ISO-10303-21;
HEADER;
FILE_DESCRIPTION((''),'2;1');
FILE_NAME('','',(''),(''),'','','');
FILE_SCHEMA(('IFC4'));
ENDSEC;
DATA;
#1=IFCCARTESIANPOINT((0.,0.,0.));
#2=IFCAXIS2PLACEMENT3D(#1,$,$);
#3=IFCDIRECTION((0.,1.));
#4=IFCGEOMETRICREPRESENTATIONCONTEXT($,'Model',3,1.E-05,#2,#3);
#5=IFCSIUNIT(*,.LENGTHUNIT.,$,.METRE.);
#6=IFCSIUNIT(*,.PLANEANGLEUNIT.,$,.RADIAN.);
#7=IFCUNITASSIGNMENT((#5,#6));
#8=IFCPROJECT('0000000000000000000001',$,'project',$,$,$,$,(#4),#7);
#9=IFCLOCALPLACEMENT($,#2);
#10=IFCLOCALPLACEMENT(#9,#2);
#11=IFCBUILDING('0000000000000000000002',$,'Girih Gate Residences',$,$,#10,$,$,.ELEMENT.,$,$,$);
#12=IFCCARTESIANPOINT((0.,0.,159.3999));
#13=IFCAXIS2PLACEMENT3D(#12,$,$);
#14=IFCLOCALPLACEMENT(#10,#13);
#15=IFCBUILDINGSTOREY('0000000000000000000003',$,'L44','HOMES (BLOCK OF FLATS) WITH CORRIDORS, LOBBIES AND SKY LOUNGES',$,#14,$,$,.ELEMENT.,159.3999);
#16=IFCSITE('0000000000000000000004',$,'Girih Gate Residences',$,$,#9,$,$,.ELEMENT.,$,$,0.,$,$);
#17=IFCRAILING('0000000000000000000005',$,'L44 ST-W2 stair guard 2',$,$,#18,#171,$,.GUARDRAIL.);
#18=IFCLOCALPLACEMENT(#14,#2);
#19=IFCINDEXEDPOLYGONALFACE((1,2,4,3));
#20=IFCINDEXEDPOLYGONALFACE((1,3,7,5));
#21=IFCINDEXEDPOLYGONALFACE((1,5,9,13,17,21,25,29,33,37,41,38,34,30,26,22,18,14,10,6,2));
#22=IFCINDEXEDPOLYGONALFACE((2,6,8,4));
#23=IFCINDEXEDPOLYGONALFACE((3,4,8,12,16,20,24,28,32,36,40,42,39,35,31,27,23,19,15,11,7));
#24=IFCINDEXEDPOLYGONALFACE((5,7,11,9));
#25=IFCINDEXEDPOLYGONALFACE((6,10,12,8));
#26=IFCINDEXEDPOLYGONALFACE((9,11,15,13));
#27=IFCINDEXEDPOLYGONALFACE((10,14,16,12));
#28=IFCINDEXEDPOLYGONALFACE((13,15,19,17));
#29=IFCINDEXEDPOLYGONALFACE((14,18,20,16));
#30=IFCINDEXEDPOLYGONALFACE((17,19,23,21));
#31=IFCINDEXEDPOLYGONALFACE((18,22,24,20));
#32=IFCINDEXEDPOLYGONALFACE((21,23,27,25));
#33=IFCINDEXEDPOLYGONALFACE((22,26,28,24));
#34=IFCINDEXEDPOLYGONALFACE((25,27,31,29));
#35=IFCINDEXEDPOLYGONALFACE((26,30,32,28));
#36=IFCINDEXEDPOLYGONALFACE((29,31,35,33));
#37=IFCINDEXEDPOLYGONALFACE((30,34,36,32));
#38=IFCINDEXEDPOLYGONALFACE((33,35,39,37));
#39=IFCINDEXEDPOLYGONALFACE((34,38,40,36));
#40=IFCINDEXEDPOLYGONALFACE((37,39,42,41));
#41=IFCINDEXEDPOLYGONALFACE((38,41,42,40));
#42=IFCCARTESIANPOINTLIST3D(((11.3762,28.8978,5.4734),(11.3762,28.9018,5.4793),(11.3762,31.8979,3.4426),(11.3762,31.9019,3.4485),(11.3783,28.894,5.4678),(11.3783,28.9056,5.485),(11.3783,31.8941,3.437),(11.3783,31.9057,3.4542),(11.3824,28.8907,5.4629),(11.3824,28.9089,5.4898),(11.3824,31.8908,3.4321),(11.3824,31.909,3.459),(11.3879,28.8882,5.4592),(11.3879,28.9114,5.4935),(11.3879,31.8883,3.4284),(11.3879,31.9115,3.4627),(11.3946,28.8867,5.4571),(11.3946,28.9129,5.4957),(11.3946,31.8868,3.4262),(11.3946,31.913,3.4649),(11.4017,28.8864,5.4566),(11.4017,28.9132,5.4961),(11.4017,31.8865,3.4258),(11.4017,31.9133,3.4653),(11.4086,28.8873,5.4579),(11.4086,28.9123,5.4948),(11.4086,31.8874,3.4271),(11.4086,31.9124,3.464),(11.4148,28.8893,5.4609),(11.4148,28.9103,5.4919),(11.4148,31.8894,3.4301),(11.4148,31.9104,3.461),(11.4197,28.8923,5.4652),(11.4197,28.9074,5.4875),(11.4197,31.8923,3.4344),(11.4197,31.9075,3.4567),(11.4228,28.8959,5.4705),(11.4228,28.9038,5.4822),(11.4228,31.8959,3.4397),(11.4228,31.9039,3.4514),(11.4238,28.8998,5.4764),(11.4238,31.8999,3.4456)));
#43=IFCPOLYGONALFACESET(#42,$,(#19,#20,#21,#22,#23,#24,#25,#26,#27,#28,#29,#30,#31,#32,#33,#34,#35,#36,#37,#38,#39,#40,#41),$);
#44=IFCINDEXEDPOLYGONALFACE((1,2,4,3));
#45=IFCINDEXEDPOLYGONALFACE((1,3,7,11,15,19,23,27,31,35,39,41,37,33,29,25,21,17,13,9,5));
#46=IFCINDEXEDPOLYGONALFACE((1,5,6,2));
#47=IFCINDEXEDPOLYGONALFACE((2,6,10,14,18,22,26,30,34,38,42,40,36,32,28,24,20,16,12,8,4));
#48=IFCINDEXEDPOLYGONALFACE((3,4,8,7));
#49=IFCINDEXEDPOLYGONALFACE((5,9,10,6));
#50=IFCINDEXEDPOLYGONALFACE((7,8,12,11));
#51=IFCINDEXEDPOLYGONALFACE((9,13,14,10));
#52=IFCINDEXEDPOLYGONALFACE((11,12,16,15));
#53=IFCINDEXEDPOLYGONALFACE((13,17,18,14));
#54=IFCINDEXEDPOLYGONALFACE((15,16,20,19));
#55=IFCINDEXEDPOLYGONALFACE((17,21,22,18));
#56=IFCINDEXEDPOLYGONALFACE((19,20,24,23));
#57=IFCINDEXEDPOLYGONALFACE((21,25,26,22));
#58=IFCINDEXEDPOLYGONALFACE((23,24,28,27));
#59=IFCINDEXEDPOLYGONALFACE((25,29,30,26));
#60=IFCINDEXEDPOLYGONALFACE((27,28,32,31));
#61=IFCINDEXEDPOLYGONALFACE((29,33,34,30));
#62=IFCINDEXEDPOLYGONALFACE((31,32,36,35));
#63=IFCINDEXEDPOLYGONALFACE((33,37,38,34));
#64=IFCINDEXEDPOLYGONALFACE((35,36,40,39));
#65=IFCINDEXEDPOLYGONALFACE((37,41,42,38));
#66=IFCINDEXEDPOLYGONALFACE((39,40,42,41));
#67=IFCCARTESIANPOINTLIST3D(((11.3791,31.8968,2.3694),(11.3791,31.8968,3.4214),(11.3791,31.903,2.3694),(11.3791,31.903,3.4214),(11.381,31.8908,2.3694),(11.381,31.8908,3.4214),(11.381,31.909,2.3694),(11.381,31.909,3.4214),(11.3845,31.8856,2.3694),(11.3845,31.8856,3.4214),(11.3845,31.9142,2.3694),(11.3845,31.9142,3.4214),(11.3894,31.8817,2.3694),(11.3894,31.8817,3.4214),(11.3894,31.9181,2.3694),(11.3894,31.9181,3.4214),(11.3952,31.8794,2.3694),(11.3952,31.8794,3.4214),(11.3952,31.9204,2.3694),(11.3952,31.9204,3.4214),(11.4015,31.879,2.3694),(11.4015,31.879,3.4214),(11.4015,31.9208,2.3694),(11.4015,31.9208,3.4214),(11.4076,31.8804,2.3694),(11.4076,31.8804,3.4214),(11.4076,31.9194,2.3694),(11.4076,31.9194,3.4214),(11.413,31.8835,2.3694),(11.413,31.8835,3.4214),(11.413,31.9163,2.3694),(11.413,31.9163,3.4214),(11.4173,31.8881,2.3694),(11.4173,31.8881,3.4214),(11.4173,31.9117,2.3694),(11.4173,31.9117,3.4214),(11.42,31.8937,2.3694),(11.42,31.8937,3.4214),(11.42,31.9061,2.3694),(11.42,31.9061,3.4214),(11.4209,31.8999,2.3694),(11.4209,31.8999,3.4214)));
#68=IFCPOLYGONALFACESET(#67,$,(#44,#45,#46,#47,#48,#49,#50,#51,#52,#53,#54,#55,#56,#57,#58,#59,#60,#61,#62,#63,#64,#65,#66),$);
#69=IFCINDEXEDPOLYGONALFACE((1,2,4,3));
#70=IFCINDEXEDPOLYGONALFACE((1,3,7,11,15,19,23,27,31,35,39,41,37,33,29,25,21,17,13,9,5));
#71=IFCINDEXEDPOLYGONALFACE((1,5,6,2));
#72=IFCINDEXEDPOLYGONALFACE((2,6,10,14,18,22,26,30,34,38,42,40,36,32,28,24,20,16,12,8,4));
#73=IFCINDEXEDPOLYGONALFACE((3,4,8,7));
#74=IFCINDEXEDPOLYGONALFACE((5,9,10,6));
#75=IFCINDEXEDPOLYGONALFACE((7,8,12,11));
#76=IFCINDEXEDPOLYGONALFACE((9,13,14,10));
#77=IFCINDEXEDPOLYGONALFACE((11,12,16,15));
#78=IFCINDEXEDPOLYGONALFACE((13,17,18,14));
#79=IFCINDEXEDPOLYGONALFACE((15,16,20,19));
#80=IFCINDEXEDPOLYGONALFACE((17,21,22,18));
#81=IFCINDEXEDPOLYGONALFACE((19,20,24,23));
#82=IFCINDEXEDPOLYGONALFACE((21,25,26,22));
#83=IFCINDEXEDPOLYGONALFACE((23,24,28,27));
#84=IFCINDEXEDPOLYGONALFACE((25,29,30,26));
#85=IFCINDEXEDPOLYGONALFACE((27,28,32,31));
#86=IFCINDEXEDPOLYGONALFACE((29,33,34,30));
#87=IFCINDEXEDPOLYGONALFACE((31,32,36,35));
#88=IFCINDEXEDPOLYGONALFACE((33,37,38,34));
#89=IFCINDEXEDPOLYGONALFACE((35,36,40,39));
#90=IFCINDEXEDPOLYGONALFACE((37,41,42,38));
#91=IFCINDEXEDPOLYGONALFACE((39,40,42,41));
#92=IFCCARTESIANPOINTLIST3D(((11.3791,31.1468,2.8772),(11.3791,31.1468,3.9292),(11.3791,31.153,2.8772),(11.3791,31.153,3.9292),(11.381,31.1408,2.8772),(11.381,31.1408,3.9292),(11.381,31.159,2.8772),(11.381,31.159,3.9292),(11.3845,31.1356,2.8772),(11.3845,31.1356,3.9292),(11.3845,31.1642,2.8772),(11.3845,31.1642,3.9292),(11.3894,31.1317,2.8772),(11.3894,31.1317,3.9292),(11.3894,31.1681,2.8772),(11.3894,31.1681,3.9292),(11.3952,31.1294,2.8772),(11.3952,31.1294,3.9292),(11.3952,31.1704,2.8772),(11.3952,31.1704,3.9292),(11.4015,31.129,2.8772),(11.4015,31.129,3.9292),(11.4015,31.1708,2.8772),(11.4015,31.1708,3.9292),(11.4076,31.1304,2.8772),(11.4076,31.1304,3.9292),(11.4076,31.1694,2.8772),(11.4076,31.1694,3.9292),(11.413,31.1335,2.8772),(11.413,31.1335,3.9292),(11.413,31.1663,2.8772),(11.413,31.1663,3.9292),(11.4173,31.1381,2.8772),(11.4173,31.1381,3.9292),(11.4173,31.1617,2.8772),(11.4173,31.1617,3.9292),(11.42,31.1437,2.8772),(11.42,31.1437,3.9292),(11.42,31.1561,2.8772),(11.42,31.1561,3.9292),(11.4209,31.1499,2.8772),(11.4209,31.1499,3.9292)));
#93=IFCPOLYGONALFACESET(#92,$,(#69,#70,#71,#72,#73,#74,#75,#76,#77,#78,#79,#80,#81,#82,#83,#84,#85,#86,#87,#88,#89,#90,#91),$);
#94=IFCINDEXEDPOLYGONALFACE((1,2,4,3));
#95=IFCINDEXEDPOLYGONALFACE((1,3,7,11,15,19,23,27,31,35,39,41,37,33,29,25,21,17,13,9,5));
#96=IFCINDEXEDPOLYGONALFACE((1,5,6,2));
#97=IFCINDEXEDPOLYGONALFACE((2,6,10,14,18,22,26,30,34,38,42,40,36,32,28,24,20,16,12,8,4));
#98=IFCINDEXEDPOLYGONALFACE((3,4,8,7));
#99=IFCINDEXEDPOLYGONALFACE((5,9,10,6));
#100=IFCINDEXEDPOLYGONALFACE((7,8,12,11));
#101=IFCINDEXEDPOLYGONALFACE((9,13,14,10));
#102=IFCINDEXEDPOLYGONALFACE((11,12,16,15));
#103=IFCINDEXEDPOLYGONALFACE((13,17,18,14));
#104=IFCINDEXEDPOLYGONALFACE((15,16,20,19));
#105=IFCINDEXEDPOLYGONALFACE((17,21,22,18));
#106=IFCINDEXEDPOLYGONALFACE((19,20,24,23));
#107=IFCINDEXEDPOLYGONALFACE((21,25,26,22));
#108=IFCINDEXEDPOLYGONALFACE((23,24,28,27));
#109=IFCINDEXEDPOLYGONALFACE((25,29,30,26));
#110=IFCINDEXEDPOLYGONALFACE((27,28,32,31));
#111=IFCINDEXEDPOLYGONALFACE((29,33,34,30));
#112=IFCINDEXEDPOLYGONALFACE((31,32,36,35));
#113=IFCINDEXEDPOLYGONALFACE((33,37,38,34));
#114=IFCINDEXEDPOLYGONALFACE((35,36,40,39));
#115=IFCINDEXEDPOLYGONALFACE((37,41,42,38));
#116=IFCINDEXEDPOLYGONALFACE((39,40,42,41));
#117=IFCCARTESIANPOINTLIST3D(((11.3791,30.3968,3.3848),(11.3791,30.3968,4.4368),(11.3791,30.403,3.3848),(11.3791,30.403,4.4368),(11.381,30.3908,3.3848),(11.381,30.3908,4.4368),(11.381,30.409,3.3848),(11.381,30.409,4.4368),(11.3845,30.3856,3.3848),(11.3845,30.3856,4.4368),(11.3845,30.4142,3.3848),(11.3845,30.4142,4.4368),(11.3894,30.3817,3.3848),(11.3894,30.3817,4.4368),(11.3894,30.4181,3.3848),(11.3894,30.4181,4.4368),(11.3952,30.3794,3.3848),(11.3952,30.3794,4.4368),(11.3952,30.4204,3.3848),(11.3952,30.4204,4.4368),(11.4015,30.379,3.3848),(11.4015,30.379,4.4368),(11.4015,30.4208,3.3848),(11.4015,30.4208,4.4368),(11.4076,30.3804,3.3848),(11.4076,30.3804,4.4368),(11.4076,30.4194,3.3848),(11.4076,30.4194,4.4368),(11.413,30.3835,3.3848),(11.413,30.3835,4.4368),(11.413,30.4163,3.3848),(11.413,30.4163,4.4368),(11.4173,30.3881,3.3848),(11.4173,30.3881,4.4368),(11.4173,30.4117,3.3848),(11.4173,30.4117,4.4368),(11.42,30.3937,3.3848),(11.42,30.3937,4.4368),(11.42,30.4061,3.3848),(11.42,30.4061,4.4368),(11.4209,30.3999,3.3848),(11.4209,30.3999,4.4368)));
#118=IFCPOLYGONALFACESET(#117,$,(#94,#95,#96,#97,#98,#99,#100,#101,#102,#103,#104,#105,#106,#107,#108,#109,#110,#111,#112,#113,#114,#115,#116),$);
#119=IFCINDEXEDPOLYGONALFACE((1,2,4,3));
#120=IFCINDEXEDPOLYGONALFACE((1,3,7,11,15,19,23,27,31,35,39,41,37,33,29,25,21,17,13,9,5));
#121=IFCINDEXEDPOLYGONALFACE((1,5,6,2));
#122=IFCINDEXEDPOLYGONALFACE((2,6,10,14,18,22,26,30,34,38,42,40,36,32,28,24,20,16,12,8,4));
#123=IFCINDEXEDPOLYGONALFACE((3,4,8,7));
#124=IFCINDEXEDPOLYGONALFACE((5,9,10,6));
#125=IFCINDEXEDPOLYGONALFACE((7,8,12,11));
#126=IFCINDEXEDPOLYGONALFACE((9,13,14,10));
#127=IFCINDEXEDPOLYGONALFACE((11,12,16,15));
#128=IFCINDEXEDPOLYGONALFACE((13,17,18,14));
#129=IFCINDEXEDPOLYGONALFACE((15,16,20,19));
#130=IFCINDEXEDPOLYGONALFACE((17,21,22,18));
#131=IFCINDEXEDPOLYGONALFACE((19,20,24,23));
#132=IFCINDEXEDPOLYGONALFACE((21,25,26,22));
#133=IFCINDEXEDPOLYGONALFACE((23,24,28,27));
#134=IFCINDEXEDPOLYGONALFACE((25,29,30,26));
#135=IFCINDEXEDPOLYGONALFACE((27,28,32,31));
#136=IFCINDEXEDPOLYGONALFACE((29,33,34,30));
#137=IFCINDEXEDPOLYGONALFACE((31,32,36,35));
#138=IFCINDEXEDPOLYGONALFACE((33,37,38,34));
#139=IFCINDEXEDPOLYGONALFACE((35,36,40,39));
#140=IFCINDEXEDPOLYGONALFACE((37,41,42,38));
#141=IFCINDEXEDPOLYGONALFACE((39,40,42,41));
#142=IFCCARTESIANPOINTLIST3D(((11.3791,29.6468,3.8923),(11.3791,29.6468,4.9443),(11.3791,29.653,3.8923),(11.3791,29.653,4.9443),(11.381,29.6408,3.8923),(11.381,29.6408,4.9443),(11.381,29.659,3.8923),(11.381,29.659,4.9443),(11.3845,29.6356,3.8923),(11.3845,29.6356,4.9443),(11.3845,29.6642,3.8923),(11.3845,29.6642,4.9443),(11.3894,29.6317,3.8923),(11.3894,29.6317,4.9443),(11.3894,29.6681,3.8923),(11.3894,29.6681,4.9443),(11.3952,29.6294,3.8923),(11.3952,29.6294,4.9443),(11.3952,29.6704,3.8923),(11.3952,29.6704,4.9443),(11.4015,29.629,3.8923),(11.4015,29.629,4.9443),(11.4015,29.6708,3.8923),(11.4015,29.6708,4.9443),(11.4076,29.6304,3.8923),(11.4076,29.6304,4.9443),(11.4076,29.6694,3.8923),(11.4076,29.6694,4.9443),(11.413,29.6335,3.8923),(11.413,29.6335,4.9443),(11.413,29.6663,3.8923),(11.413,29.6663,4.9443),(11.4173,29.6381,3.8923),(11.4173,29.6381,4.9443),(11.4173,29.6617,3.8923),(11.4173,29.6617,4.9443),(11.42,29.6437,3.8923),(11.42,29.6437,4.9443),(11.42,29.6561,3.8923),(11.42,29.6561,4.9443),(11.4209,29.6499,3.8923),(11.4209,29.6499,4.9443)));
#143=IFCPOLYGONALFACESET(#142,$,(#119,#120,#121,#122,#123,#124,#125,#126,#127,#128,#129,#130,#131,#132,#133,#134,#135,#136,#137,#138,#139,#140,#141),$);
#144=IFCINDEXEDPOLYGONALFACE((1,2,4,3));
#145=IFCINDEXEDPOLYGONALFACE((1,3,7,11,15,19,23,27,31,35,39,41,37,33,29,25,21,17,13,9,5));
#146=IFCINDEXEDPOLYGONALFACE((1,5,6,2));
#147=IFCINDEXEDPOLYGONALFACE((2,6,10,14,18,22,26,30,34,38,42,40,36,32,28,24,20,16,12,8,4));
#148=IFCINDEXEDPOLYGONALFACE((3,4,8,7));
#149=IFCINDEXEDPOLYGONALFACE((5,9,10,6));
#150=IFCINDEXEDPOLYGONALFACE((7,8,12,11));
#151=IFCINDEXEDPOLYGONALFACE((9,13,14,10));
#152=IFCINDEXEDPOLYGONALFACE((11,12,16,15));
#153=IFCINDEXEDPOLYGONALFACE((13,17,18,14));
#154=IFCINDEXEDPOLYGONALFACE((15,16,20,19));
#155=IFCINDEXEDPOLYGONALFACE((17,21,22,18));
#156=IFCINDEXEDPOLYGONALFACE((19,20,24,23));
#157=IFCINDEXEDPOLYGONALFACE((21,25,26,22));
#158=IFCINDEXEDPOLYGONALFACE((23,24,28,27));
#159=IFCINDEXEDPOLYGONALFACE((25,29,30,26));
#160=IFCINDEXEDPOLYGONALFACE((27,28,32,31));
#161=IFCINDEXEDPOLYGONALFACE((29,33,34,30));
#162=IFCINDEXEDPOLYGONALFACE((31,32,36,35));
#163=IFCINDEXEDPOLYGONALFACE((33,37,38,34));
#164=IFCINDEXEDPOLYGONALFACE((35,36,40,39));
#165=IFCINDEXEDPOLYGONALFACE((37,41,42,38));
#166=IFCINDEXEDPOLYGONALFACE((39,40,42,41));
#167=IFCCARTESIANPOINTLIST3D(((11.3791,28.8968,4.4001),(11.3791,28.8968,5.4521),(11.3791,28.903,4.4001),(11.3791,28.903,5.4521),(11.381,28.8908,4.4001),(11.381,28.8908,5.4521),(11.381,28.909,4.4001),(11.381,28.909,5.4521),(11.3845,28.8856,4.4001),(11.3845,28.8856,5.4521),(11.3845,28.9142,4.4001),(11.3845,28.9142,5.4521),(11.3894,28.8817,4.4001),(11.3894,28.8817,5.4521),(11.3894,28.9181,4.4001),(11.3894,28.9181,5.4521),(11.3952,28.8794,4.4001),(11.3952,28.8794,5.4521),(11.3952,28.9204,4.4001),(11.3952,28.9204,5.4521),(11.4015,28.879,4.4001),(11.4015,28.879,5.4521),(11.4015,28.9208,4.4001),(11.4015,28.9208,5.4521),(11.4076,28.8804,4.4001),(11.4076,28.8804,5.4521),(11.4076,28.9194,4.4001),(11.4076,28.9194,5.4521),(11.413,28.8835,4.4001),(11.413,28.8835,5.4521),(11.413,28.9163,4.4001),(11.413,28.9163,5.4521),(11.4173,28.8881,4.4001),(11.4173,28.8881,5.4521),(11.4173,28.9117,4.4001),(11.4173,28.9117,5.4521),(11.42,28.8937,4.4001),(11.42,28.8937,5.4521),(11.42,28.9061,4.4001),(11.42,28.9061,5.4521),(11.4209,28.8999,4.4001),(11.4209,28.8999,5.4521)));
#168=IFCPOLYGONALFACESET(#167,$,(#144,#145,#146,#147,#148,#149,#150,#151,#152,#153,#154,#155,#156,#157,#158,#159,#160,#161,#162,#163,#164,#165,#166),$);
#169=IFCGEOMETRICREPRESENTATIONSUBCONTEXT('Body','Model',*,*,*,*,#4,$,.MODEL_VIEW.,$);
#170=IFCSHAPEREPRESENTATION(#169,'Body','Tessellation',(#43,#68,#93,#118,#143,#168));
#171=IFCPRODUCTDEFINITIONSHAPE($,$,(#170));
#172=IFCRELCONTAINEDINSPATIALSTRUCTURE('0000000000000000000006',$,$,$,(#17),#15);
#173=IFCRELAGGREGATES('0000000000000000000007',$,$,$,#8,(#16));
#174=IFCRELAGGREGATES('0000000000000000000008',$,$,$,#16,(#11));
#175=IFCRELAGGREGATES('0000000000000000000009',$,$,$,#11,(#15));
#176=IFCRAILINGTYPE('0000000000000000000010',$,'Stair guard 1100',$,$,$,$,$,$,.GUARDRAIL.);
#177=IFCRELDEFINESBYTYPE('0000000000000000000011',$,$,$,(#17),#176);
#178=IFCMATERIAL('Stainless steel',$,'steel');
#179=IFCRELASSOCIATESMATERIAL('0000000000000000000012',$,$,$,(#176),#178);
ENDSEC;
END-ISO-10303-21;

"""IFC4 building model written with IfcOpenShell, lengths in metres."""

from ifc_helpers import new_model, si_unit, direction, frame, origin, origin_2d, place, context, subcontext, project, spatial, circle, extrude, material, type_object, element, save


model = new_model("IFC4")

# Units and contexts
model_context = context("Model", 3, precision=1e-05, world=origin(), true_north=direction((0.0, 1.0)))
body_context = subcontext(model_context, "Body", "Model", "MODEL_VIEW")
ifc_project = project(units=[si_unit("LENGTHUNIT", "METRE"), si_unit("PLANEANGLEUNIT", "RADIAN")], contexts=[model_context])

# Site, building, storey
site_placement = place(None, origin())
site = spatial("IfcSite", under=ifc_project, at=site_placement, Name="Girih Gate Residences", CompositionType="ELEMENT", RefElevation=0.0)
building_placement = place(site_placement, origin())
building = spatial("IfcBuilding", under=site, at=building_placement, Name="Girih Gate Residences", CompositionType="ELEMENT")
storey_placement = place(building_placement, frame((0.0, 0.0, 159.3999)))
storey = spatial("IfcBuildingStorey", under=building, at=storey_placement, Name="L44", Description="HOMES (BLOCK OF FLATS) WITH CORRIDORS, LOBBIES AND SKY LOUNGES", CompositionType="ELEMENT", Elevation=159.3999)

# Railing
ifc_material_1 = material(Name="Stainless steel", Category="steel")
railing_type_1 = type_object("IfcRailingType", Name="Stair guard 1100", PredefinedType="GUARDRAIL", material=ifc_material_1)
railing_1_placement = place(storey_placement, frame((11.3999, 31.8999, 2.3694)))
element("IfcRailing", 1, at=railing_1_placement, inside=storey, type_object=railing_type_1, Name="L44 ST-W2 stair guard 2", PredefinedType="GUARDRAIL", context=body_context, shape_type="SweptSolid", body=[
    extrude(circle(Radius=0.0239, at=origin_2d()), frame((0.0, 0.0, 1.0762), z_axis=(0.0, -0.82811, 0.560565), x_axis=(1.0, 0.0, 0.0)), (0.0, 0.0, 1.0), 3.6228),
    extrude(circle(Radius=0.021, at=origin_2d()), origin(), (0.0, 0.0, 1.0), 1.052),
    extrude(circle(Radius=0.021, at=origin_2d()), frame((0.0, -0.75, 0.5078)), (0.0, 0.0, 1.0), 1.052),
    extrude(circle(Radius=0.021, at=origin_2d()), frame((0.0, -1.5, 1.0154)), (0.0, 0.0, 1.0), 1.052),
    extrude(circle(Radius=0.021, at=origin_2d()), frame((0.0, -2.25, 1.5229)), (0.0, 0.0, 1.0), 1.052),
    extrude(circle(Radius=0.021, at=origin_2d()), frame((0.0, -3.0, 2.0308)), (0.0, 0.0, 1.0), 1.052),
])

save(model, "model.ifc")
